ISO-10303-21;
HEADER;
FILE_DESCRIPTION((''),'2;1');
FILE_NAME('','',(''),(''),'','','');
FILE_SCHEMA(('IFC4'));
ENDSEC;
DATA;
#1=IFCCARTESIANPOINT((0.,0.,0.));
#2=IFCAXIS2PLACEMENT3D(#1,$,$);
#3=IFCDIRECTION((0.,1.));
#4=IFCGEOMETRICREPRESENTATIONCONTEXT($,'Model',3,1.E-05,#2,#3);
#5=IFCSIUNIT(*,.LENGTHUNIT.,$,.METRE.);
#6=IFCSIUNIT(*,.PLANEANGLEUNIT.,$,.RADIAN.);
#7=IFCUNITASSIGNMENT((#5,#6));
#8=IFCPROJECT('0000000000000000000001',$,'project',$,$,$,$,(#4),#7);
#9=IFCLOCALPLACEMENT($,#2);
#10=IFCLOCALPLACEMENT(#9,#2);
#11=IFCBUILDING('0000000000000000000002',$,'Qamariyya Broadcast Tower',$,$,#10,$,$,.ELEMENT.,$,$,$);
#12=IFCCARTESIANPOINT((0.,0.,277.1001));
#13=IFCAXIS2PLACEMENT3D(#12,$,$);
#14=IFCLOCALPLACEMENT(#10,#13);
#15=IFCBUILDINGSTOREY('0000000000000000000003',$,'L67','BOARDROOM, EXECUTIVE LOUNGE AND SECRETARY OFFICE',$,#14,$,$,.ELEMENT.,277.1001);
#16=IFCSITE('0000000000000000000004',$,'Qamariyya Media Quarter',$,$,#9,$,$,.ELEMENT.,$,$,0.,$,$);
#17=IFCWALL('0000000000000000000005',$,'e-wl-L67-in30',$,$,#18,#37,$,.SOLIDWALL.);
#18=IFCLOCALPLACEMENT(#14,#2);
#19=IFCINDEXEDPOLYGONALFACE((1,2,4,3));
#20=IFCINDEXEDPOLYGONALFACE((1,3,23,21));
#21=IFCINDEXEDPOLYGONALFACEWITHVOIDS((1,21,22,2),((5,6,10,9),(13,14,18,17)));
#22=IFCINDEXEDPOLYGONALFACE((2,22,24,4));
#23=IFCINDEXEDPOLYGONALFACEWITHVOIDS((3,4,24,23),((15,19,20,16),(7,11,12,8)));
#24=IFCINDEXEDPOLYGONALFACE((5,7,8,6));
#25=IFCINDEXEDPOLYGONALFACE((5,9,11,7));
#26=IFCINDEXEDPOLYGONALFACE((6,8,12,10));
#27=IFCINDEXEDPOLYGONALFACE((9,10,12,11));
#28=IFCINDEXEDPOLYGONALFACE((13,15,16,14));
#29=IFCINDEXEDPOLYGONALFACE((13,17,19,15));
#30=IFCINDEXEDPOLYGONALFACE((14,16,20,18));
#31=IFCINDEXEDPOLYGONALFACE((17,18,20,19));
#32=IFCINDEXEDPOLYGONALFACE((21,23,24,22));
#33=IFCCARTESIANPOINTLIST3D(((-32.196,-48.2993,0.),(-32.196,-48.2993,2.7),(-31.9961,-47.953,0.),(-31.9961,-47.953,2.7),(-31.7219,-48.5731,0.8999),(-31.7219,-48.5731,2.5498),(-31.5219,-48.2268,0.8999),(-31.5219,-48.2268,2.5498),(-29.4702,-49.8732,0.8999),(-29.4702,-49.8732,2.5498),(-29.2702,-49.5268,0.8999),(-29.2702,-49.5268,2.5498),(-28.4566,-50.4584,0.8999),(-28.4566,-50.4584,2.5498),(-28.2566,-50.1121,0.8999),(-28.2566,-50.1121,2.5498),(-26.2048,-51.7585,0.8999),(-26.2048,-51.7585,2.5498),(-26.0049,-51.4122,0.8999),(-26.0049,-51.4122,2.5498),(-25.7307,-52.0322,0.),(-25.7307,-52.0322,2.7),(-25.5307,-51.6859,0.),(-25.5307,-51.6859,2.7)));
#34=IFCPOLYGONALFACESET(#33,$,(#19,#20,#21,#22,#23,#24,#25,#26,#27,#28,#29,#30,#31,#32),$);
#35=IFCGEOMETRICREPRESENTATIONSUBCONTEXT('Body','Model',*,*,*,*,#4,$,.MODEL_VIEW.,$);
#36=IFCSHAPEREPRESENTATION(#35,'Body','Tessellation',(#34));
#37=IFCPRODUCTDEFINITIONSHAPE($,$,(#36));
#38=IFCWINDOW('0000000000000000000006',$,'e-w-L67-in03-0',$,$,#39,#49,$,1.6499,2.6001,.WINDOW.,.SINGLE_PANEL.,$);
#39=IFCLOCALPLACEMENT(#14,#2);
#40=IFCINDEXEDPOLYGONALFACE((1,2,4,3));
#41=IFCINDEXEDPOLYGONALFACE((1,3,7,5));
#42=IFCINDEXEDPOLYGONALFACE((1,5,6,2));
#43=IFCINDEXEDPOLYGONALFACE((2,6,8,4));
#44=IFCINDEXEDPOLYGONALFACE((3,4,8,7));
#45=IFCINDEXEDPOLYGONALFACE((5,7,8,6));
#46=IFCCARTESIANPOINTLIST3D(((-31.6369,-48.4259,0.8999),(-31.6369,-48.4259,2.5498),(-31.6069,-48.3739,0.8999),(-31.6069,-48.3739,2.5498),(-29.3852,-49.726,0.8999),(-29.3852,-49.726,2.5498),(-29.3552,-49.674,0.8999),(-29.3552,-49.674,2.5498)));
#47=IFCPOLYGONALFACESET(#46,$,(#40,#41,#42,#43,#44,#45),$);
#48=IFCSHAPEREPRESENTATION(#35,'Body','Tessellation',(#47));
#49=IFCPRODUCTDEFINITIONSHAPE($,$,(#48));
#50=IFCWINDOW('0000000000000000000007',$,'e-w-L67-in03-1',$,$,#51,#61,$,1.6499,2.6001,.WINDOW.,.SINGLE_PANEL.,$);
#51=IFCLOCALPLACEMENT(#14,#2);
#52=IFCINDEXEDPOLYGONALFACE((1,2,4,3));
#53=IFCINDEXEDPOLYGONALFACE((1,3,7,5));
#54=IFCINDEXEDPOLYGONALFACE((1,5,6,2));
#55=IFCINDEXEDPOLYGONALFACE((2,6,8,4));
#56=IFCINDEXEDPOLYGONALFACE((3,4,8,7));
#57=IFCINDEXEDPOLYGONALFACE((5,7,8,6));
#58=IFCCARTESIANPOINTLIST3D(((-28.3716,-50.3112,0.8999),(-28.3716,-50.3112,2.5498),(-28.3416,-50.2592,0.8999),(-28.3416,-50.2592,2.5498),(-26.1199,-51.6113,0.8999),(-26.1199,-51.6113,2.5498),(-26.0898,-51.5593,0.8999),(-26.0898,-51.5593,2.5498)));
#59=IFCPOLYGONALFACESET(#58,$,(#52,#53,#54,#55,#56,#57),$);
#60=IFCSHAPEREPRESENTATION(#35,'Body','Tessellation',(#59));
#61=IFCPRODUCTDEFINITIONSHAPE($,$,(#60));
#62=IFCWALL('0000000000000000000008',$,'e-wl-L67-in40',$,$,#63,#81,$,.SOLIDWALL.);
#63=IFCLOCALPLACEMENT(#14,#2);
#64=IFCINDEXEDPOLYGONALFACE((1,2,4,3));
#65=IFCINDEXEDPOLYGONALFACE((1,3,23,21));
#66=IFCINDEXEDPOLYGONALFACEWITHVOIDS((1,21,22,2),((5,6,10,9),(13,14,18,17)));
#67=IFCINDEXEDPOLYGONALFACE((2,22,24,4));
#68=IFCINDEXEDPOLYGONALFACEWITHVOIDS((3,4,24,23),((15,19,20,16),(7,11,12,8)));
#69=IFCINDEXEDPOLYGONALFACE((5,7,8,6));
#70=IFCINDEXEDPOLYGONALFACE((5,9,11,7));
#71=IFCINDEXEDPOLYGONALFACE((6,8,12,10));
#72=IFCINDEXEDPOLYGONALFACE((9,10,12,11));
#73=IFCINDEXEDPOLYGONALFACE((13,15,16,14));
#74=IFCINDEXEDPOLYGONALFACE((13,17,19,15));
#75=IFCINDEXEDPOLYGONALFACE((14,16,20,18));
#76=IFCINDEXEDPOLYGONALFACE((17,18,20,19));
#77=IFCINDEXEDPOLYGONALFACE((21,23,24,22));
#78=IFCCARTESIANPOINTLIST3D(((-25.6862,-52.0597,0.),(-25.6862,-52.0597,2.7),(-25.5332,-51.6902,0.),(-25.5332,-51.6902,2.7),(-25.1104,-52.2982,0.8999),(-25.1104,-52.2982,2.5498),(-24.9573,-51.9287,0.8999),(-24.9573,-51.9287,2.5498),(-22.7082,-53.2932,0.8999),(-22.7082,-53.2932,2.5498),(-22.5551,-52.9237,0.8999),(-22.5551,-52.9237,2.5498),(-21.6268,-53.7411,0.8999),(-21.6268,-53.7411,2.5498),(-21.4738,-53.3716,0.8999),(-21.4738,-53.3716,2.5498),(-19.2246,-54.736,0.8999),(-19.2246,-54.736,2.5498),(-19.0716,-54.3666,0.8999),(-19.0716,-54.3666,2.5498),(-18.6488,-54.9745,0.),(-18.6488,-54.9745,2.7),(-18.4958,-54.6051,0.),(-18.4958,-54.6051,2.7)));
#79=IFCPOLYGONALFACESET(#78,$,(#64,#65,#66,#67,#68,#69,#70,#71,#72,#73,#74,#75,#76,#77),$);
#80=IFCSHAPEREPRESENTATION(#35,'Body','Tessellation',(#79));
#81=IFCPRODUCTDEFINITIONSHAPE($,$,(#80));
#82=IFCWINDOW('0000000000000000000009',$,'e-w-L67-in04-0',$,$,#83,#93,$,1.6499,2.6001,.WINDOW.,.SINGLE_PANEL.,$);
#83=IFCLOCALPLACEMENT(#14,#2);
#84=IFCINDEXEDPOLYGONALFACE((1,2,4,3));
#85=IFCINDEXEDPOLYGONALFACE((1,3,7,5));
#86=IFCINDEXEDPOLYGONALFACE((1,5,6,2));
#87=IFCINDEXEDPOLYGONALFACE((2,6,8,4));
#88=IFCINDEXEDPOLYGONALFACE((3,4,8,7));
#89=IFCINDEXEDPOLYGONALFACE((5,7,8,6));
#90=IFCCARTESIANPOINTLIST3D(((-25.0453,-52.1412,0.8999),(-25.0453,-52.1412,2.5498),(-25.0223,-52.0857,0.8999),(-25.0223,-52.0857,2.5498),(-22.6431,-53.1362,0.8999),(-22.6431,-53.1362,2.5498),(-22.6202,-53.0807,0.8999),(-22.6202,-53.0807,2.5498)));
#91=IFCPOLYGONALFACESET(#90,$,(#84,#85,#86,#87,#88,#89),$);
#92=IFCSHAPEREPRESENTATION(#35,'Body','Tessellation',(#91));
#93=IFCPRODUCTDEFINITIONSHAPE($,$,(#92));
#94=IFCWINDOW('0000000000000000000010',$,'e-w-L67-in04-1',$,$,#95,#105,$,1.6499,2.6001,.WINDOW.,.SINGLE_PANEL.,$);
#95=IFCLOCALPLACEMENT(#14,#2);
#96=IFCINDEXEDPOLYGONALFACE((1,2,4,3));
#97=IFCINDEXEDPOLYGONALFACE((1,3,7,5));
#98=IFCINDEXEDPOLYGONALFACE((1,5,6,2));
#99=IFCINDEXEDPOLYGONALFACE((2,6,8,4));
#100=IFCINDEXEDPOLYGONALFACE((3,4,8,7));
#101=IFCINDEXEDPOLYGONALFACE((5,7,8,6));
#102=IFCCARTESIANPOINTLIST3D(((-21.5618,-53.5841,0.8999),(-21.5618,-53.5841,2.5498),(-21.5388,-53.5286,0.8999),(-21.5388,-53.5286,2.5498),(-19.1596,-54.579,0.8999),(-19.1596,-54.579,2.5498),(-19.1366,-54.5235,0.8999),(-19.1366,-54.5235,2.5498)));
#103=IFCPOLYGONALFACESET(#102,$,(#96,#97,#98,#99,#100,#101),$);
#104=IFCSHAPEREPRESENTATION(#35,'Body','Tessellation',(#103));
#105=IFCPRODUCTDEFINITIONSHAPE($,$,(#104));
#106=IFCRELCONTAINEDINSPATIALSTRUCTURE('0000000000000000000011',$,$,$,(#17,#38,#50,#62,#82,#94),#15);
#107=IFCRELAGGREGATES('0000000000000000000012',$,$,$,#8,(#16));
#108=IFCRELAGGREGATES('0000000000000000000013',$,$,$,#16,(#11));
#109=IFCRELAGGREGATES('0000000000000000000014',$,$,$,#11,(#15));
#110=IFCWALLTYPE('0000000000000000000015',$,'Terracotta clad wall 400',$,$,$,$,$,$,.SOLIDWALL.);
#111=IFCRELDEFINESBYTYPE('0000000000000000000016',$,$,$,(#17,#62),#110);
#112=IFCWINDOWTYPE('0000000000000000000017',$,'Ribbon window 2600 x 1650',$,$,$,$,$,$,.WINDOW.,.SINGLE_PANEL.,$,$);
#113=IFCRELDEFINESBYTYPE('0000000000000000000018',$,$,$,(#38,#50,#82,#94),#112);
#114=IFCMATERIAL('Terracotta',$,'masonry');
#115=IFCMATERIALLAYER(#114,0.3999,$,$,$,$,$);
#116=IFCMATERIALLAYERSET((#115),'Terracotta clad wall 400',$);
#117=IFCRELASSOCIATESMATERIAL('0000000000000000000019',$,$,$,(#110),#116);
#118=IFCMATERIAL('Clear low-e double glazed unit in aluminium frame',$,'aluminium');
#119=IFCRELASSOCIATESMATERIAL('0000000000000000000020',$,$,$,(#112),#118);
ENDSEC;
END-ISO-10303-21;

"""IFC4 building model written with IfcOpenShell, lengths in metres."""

from ifc_helpers import new_model, si_unit, direction, frame, frame_2d, origin, place, context, subcontext, project, spatial, rectangle, extrude, material, layer, layer_set, type_object, element, fill, save


model = new_model("IFC4")

# Units and contexts
model_context = context("Model", 3, precision=1e-05, world=origin(), true_north=direction((0.0, 1.0)))
body_context = subcontext(model_context, "Body", "Model", "MODEL_VIEW")
ifc_project = project(units=[si_unit("LENGTHUNIT", "METRE"), si_unit("PLANEANGLEUNIT", "RADIAN")], contexts=[model_context])

# Site, building, storey
site_placement = place(None, origin())
site = spatial("IfcSite", under=ifc_project, at=site_placement, Name="Qamariyya Media Quarter", CompositionType="ELEMENT", RefElevation=0.0)
building_placement = place(site_placement, origin())
building = spatial("IfcBuilding", under=site, at=building_placement, Name="Qamariyya Broadcast Tower", CompositionType="ELEMENT")
storey_placement = place(building_placement, frame((0.0, 0.0, 277.1001)))
storey = spatial("IfcBuildingStorey", under=building, at=storey_placement, Name="L67", Description="BOARDROOM, EXECUTIVE LOUNGE AND SECRETARY OFFICE", CompositionType="ELEMENT", Elevation=277.1001)

# Walls, openings, windows
ifc_material_1 = material(Name="Terracotta", Category="masonry")
ifc_layer_1 = layer(ifc_material_1, 0.3999)
ifc_layer_set_1 = layer_set([ifc_layer_1], Name="Terracotta clad wall 400")
wall_type_1 = type_object("IfcWallType", Name="Terracotta clad wall 400", PredefinedType="SOLIDWALL", material=ifc_layer_set_1)
wall_1_placement = place(storey_placement, frame((-25.6306, -51.8591, 0.0), z_axis=(0.0, 0.0, 1.0), x_axis=(-0.866017, 0.500015, 0.0)))
wall_1 = element("IfcWall", 1, at=wall_1_placement, inside=storey, type_object=wall_type_1, Name="e-wl-L67-in30", PredefinedType="SOLIDWALL", context=body_context, shape_type="SweptSolid", body=[
    extrude(rectangle(XDim=7.4656, YDim=0.3999, at=frame_2d((3.7329, 0.0))), origin(), (0.0, 0.0, 1.0), 2.7),
])
opening_1_placement = place(wall_1_placement, frame((4.3181, 0.0, 0.8999)))
opening_1 = element("IfcOpeningElement", 2, at=opening_1_placement, cuts=wall_1, PredefinedType="OPENING", context=body_context, shape_type="SweptSolid", body=[
    extrude(rectangle(XDim=2.6001, YDim=1.6499, at=frame_2d((1.3, 0.825))), frame((0.0, 0.21, 0.0), z_axis=(0.0, -1.0, 0.0), x_axis=(1.0, 0.0, 0.0)), (0.0, 0.0, 1.0), 0.4199),
])
opening_2_placement = place(wall_1_placement, frame((0.5476, 0.0, 0.8999)))
opening_2 = element("IfcOpeningElement", 3, at=opening_2_placement, cuts=wall_1, PredefinedType="OPENING", context=body_context, shape_type="SweptSolid", body=[
    extrude(rectangle(XDim=2.6001, YDim=1.6499, at=frame_2d((1.3, 0.825))), frame((0.0, 0.21, 0.0), z_axis=(0.0, -1.0, 0.0), x_axis=(1.0, 0.0, 0.0)), (0.0, 0.0, 1.0), 0.4199),
])
ifc_material_2 = material(Name="Clear low-e double glazed unit in aluminium frame", Category="aluminium")
window_type = type_object("IfcWindowType", Name="Ribbon window 2600 x 1650", PartitioningType="SINGLE_PANEL", PredefinedType="WINDOW", material=ifc_material_2)
window_1_placement = place(opening_1_placement, origin())
window_1 = element("IfcWindow", 4, at=window_1_placement, inside=storey, type_object=window_type, Name="e-w-L67-in03-0", OverallHeight=1.6499, OverallWidth=2.6001, PartitioningType="SINGLE_PANEL", PredefinedType="WINDOW", context=body_context, shape_type="SweptSolid", body=[
    extrude(rectangle(XDim=2.6001, YDim=1.6499, at=frame_2d((1.3, 0.825))), frame((0.0, 0.03, 0.0), z_axis=(0.0, -1.0, 0.0), x_axis=(1.0, 0.0, 0.0)), (0.0, 0.0, 1.0), 0.0601),
])
fill(opening_1, window_1)
window_2_placement = place(opening_2_placement, origin())
window_2 = element("IfcWindow", 5, at=window_2_placement, inside=storey, type_object=window_type, Name="e-w-L67-in03-1", OverallHeight=1.6499, OverallWidth=2.6001, PartitioningType="SINGLE_PANEL", PredefinedType="WINDOW", context=body_context, shape_type="SweptSolid", body=[
    extrude(rectangle(XDim=2.6001, YDim=1.6499, at=frame_2d((1.3, 0.825))), frame((0.0, 0.03, 0.0), z_axis=(0.0, -1.0, 0.0), x_axis=(1.0, 0.0, 0.0)), (0.0, 0.0, 1.0), 0.0601),
])
fill(opening_2, window_2)
wall_2_placement = place(storey_placement, frame((-18.5723, -54.7898, 0.0), z_axis=(0.0, 0.0, 1.0), x_axis=(-0.923888, 0.382664, 0.0)))
wall_2 = element("IfcWall", 6, at=wall_2_placement, inside=storey, type_object=wall_type_1, Name="e-wl-L67-in40", PredefinedType="SOLIDWALL", context=body_context, shape_type="SweptSolid", body=[
    extrude(rectangle(XDim=7.6172, YDim=0.3999, at=frame_2d((3.8086, 0.0))), origin(), (0.0, 0.0, 1.0), 2.7),
])
opening_3_placement = place(wall_2_placement, frame((4.3938, 0.0, 0.8999)))
opening_3 = element("IfcOpeningElement", 7, at=opening_3_placement, cuts=wall_2, PredefinedType="OPENING", context=body_context, shape_type="SweptSolid", body=[
    extrude(rectangle(XDim=2.6001, YDim=1.6499, at=frame_2d((1.3, 0.825))), frame((0.0, 0.21, 0.0), z_axis=(0.0, -1.0, 0.0), x_axis=(1.0, 0.0, 0.0)), (0.0, 0.0, 1.0), 0.4199),
])
opening_4_placement = place(wall_2_placement, frame((0.6233, 0.0, 0.8999)))
opening_4 = element("IfcOpeningElement", 8, at=opening_4_placement, cuts=wall_2, PredefinedType="OPENING", context=body_context, shape_type="SweptSolid", body=[
    extrude(rectangle(XDim=2.6001, YDim=1.6499, at=frame_2d((1.3, 0.825))), frame((0.0, 0.21, 0.0), z_axis=(0.0, -1.0, 0.0), x_axis=(1.0, 0.0, 0.0)), (0.0, 0.0, 1.0), 0.4199),
])
window_3_placement = place(opening_3_placement, origin())
window_3 = element("IfcWindow", 9, at=window_3_placement, inside=storey, type_object=window_type, Name="e-w-L67-in04-0", OverallHeight=1.6499, OverallWidth=2.6001, PartitioningType="SINGLE_PANEL", PredefinedType="WINDOW", context=body_context, shape_type="SweptSolid", body=[
    extrude(rectangle(XDim=2.6001, YDim=1.6499, at=frame_2d((1.3, 0.825))), frame((0.0, 0.03, 0.0), z_axis=(0.0, -1.0, 0.0), x_axis=(1.0, 0.0, 0.0)), (0.0, 0.0, 1.0), 0.0601),
])
fill(opening_3, window_3)
window_4_placement = place(opening_4_placement, origin())
window_4 = element("IfcWindow", 10, at=window_4_placement, inside=storey, type_object=window_type, Name="e-w-L67-in04-1", OverallHeight=1.6499, OverallWidth=2.6001, PartitioningType="SINGLE_PANEL", PredefinedType="WINDOW", context=body_context, shape_type="SweptSolid", body=[
    extrude(rectangle(XDim=2.6001, YDim=1.6499, at=frame_2d((1.3, 0.825))), frame((0.0, 0.03, 0.0), z_axis=(0.0, -1.0, 0.0), x_axis=(1.0, 0.0, 0.0)), (0.0, 0.0, 1.0), 0.0601),
])
fill(opening_4, window_4)

save(model, "model.ifc")
